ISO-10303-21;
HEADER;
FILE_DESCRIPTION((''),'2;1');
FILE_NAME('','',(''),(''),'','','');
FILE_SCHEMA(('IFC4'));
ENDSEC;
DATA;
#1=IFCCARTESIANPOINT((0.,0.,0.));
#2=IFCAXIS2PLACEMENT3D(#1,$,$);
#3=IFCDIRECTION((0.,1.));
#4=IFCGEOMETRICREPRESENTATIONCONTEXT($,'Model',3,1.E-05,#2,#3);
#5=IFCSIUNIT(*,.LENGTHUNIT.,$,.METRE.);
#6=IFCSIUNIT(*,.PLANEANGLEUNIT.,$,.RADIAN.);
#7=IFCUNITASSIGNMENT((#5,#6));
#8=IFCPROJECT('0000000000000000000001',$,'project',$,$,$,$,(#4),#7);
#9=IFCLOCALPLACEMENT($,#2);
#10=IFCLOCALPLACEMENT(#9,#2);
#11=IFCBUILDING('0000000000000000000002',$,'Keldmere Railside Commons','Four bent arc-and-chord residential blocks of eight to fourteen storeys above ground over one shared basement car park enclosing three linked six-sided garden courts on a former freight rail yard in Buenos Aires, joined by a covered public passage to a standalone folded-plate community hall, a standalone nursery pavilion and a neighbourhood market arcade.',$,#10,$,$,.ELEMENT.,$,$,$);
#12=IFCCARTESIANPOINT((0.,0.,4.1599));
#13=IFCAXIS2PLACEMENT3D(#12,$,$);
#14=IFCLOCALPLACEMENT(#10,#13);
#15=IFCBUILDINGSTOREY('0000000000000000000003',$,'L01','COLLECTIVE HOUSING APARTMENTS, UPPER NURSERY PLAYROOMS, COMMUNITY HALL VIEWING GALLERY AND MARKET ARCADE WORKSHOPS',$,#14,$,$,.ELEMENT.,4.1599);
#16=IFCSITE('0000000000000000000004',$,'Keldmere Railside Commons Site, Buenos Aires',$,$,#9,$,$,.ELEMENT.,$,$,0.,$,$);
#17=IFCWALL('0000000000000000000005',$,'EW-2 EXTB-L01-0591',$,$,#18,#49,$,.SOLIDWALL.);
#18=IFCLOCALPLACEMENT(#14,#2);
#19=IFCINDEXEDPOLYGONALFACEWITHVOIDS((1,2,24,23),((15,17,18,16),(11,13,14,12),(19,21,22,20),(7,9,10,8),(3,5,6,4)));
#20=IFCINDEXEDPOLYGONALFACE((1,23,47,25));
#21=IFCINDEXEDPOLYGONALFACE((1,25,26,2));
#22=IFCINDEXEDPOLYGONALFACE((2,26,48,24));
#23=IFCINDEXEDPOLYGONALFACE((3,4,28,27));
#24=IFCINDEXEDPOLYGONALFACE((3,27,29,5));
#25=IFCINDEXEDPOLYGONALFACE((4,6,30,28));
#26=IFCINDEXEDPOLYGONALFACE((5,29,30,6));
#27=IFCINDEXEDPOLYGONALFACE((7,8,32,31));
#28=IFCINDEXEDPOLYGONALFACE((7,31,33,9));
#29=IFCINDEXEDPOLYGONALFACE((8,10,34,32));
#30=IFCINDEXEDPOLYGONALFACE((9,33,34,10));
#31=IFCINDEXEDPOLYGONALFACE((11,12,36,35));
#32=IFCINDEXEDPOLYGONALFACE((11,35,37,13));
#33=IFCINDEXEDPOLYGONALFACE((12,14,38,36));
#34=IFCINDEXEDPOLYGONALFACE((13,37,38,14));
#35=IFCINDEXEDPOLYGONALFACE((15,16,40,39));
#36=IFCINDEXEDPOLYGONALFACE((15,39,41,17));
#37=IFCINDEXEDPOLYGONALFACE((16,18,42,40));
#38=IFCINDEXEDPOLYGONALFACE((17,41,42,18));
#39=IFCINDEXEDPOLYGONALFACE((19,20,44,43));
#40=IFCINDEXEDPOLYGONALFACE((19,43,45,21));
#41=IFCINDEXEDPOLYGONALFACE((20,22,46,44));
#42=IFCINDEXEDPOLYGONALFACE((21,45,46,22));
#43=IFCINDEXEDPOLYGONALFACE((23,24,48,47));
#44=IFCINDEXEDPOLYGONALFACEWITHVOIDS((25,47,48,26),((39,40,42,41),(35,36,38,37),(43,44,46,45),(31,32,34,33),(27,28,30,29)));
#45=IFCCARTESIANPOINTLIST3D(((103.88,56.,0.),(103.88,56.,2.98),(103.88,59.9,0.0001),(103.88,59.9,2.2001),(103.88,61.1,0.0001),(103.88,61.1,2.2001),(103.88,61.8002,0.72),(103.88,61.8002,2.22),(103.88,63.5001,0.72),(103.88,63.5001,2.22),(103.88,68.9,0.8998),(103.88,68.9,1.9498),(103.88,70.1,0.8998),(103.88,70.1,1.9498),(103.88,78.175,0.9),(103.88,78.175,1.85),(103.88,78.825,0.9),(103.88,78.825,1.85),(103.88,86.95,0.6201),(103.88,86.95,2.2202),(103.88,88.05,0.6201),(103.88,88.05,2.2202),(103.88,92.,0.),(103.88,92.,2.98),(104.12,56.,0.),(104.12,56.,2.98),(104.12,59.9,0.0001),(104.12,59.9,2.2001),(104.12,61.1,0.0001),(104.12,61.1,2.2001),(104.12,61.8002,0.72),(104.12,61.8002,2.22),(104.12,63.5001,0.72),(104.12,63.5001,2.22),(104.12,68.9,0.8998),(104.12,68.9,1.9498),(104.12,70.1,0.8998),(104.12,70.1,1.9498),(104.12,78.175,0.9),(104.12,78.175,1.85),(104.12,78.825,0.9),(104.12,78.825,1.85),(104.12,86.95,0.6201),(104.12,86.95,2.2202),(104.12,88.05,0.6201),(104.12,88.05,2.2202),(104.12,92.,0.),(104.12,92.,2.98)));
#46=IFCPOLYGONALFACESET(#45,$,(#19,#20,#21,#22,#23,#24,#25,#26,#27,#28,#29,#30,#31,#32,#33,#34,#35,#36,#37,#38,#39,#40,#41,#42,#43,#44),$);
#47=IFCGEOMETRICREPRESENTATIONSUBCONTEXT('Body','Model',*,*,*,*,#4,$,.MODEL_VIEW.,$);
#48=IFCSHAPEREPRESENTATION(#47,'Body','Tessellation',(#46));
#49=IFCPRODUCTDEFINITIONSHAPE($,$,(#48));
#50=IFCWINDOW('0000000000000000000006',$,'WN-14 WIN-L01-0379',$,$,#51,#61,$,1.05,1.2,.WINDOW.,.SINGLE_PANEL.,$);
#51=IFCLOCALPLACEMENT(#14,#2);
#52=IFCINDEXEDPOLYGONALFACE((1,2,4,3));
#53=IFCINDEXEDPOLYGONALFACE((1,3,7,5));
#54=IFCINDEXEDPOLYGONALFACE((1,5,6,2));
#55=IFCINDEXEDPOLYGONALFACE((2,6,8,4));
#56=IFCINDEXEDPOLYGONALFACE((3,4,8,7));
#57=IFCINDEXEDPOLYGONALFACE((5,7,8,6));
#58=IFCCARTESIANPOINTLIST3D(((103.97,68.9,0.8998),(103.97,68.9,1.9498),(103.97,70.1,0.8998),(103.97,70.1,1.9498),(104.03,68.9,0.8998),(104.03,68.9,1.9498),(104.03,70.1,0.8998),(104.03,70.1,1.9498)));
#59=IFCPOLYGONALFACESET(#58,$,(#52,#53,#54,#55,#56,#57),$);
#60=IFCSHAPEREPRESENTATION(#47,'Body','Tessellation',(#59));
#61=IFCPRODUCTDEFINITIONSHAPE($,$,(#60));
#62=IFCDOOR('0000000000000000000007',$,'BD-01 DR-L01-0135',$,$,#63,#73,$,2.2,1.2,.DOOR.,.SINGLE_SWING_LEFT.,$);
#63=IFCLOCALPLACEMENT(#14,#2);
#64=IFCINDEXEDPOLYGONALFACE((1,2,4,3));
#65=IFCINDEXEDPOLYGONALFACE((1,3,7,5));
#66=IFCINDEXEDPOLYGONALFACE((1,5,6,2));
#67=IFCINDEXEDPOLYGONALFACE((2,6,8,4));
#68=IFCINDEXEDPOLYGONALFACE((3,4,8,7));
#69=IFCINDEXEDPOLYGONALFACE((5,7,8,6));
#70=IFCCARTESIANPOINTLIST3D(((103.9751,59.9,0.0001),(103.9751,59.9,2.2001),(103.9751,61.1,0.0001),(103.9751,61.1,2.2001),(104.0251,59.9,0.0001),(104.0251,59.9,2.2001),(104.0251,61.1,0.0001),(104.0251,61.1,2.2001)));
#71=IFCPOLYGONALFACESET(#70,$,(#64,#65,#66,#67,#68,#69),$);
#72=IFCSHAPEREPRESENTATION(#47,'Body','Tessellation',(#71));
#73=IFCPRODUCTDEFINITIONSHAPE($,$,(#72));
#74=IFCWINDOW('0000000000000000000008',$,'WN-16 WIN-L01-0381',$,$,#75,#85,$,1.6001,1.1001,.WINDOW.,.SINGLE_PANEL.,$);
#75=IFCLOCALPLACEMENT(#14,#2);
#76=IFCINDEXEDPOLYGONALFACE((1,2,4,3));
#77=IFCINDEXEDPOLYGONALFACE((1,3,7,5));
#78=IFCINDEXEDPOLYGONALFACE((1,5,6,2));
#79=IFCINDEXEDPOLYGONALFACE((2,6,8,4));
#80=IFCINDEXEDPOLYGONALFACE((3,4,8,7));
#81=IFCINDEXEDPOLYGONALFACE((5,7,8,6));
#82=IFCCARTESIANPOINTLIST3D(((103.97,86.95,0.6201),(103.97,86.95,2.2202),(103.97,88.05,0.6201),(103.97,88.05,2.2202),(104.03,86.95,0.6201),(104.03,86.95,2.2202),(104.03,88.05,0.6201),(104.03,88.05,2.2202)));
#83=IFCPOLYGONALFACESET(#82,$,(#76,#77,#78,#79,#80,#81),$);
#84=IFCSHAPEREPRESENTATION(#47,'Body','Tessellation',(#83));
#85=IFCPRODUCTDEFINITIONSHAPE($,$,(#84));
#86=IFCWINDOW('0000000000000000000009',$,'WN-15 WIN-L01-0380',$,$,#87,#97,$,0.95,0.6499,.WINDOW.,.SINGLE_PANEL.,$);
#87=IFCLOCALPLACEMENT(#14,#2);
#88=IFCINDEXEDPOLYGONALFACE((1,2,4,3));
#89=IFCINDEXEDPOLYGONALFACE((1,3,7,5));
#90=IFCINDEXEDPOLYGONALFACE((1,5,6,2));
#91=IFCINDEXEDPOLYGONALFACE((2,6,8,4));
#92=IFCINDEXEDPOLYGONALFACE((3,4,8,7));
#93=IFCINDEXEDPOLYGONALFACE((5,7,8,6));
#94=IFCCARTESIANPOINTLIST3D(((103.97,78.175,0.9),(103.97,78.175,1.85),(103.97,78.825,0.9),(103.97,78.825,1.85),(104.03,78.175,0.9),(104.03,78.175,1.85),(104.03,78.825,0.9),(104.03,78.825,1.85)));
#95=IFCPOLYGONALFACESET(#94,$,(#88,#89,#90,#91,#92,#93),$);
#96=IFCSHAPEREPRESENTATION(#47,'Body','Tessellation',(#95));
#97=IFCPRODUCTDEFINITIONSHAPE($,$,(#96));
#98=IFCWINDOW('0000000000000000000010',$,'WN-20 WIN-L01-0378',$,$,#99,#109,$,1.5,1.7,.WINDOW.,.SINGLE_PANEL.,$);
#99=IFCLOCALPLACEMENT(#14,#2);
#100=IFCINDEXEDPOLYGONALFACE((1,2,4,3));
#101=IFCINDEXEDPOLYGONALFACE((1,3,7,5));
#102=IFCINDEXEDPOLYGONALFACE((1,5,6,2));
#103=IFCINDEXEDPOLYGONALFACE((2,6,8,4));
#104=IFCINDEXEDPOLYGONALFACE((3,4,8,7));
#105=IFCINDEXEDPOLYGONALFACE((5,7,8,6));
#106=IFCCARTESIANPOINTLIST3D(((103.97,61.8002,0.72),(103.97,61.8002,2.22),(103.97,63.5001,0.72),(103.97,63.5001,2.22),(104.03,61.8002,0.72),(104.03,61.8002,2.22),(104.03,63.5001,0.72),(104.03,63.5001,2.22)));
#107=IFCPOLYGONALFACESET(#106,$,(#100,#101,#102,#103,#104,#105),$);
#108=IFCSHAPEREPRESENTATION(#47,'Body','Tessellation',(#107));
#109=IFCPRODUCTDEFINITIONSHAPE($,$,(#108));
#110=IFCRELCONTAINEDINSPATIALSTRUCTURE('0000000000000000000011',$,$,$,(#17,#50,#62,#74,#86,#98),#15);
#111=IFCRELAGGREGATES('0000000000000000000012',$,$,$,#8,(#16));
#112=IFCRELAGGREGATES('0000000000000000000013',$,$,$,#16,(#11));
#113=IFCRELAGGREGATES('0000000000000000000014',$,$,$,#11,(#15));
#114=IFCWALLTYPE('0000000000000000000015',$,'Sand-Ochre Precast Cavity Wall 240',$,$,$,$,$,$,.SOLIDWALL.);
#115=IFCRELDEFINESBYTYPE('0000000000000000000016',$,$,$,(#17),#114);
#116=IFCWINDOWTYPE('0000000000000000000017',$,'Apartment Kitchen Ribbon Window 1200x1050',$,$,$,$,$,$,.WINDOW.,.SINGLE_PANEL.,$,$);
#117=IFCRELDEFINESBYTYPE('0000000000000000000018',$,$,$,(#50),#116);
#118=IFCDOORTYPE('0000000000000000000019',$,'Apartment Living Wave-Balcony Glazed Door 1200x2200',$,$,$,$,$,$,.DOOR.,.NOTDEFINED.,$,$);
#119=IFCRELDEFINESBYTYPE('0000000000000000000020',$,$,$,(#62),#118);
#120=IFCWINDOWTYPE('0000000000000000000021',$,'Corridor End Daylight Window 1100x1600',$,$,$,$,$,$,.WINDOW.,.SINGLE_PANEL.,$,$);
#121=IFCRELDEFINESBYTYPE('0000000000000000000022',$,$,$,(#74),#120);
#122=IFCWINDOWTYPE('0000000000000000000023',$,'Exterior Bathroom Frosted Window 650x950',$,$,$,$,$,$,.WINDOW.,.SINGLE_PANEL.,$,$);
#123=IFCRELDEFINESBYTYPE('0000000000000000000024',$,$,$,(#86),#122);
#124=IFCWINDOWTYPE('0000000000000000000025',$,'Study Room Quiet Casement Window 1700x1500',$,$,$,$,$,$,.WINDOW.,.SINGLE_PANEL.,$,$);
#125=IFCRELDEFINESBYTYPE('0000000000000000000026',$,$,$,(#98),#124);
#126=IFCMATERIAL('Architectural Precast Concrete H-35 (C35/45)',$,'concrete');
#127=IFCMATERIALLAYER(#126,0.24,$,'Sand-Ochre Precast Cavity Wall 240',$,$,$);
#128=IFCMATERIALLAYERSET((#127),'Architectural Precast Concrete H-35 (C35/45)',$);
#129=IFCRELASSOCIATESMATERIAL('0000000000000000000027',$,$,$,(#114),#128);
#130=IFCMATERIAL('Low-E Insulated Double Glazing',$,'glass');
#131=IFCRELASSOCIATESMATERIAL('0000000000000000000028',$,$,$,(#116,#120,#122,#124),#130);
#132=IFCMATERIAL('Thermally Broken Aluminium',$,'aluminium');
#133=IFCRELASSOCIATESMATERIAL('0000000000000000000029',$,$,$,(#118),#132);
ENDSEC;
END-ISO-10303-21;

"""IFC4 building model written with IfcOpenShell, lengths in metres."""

from ifc_helpers import new_model, si_unit, direction, frame, frame_2d, origin, place, context, subcontext, project, spatial, rectangle, extrude, material, layer, layer_set, type_object, element, fill, save


model = new_model("IFC4")

# Units and contexts
model_context = context("Model", 3, precision=1e-05, world=origin(), true_north=direction((0.0, 1.0)))
body_context = subcontext(model_context, "Body", "Model", "MODEL_VIEW")
ifc_project = project(units=[si_unit("LENGTHUNIT", "METRE"), si_unit("PLANEANGLEUNIT", "RADIAN")], contexts=[model_context])

# Site, building, storey
site_placement = place(None, origin())
site = spatial("IfcSite", under=ifc_project, at=site_placement, Name="Keldmere Railside Commons Site, Buenos Aires", CompositionType="ELEMENT", RefElevation=0.0)
building_placement = place(site_placement, origin())
building = spatial("IfcBuilding", under=site, at=building_placement, Name="Keldmere Railside Commons", Description="Four bent arc-and-chord residential blocks of eight to fourteen storeys above ground over one shared basement car park enclosing three linked six-sided garden courts on a former freight rail yard in Buenos Aires, joined by a covered public passage to a standalone folded-plate community hall, a standalone nursery pavilion and a neighbourhood market arcade.", CompositionType="ELEMENT")
storey_placement = place(building_placement, frame((0.0, 0.0, 4.1599)))
storey = spatial("IfcBuildingStorey", under=building, at=storey_placement, Name="L01", Description="COLLECTIVE HOUSING APARTMENTS, UPPER NURSERY PLAYROOMS, COMMUNITY HALL VIEWING GALLERY AND MARKET ARCADE WORKSHOPS", CompositionType="ELEMENT", Elevation=4.1599)

# Wall, openings, windows, door
ifc_material_1 = material(Name="Architectural Precast Concrete H-35 (C35/45)", Category="concrete")
ifc_layer = layer(ifc_material_1, 0.24, Name="Sand-Ochre Precast Cavity Wall 240")
ifc_layer_set = layer_set([ifc_layer], Name="Architectural Precast Concrete H-35 (C35/45)")
wall_type = type_object("IfcWallType", Name="Sand-Ochre Precast Cavity Wall 240", PredefinedType="SOLIDWALL", material=ifc_layer_set)
wall_placement = place(storey_placement, frame((104.0, 56.0, 0.0), z_axis=(0.0, 0.0, 1.0), x_axis=(0.0, 1.0, 0.0)))
wall = element("IfcWall", 1, at=wall_placement, inside=storey, type_object=wall_type, Name="EW-2 EXTB-L01-0591", PredefinedType="SOLIDWALL", context=body_context, shape_type="SweptSolid", body=[
    extrude(rectangle(XDim=36.0, YDim=0.24, at=frame_2d((18.0, 0.0))), origin(), (0.0, 0.0, 1.0), 2.98),
])
opening_1_placement = place(wall_placement, frame((3.8999, 0.0, 0.0)))
opening_1 = element("IfcOpeningElement", 2, at=opening_1_placement, cuts=wall, PredefinedType="OPENING", context=body_context, shape_type="SweptSolid", body=[
    extrude(rectangle(XDim=1.2, YDim=2.2, at=frame_2d((0.6001, 1.1001))), frame((0.0, 0.1299, 0.0), z_axis=(0.0, -1.0, 0.0), x_axis=(1.0, 0.0, 0.0)), (0.0, 0.0, 1.0), 0.26),
])
opening_2_placement = place(wall_placement, frame((5.8, 0.0, 0.72)))
opening_2 = element("IfcOpeningElement", 3, at=opening_2_placement, cuts=wall, PredefinedType="OPENING", context=body_context, shape_type="SweptSolid", body=[
    extrude(rectangle(XDim=1.7, YDim=1.5, at=frame_2d((0.8501, 0.75))), frame((0.0, 0.1299, 0.0), z_axis=(0.0, -1.0, 0.0), x_axis=(1.0, 0.0, 0.0)), (0.0, 0.0, 1.0), 0.26),
])
opening_3_placement = place(wall_placement, frame((12.8999, 0.0, 0.8999)))
opening_3 = element("IfcOpeningElement", 4, at=opening_3_placement, cuts=wall, PredefinedType="OPENING", context=body_context, shape_type="SweptSolid", body=[
    extrude(rectangle(XDim=1.2, YDim=1.05, at=frame_2d((0.6001, 0.5249))), frame((0.0, 0.1299, 0.0), z_axis=(0.0, -1.0, 0.0), x_axis=(1.0, 0.0, 0.0)), (0.0, 0.0, 1.0), 0.26),
])
opening_4_placement = place(wall_placement, frame((22.175, 0.0, 0.8999)))
opening_4 = element("IfcOpeningElement", 5, at=opening_4_placement, cuts=wall, PredefinedType="OPENING", context=body_context, shape_type="SweptSolid", body=[
    extrude(rectangle(XDim=0.6499, YDim=0.95, at=frame_2d((0.325, 0.4751))), frame((0.0, 0.1299, 0.0), z_axis=(0.0, -1.0, 0.0), x_axis=(1.0, 0.0, 0.0)), (0.0, 0.0, 1.0), 0.26),
])
opening_5_placement = place(wall_placement, frame((30.95, 0.0, 0.6201)))
opening_5 = element("IfcOpeningElement", 6, at=opening_5_placement, cuts=wall, PredefinedType="OPENING", context=body_context, shape_type="SweptSolid", body=[
    extrude(rectangle(XDim=1.1001, YDim=1.6001, at=frame_2d((0.55, 0.8))), frame((0.0, 0.1299, 0.0), z_axis=(0.0, -1.0, 0.0), x_axis=(1.0, 0.0, 0.0)), (0.0, 0.0, 1.0), 0.26),
])
ifc_material_2 = material(Name="Low-E Insulated Double Glazing", Category="glass")
window_type_1 = type_object("IfcWindowType", Name="Apartment Kitchen Ribbon Window 1200x1050", PartitioningType="SINGLE_PANEL", PredefinedType="WINDOW", material=ifc_material_2)
window_1_placement = place(opening_3_placement, origin())
window_1 = element("IfcWindow", 7, at=window_1_placement, inside=storey, type_object=window_type_1, Name="WN-14 WIN-L01-0379", OverallHeight=1.05, OverallWidth=1.2, PartitioningType="SINGLE_PANEL", PredefinedType="WINDOW", context=body_context, shape_type="SweptSolid", body=[
    extrude(rectangle(XDim=1.2, YDim=1.05, at=frame_2d((0.6001, 0.5249))), frame((0.0, 0.03, 0.0), z_axis=(0.0, -1.0, 0.0), x_axis=(1.0, 0.0, 0.0)), (0.0, 0.0, 1.0), 0.0601),
])
fill(opening_3, window_1)
ifc_material_3 = material(Name="Thermally Broken Aluminium", Category="aluminium")
door_type = type_object("IfcDoorType", Name="Apartment Living Wave-Balcony Glazed Door 1200x2200", OperationType="NOTDEFINED", PredefinedType="DOOR", material=ifc_material_3)
door_placement = place(opening_1_placement, origin())
door = element("IfcDoor", 8, at=door_placement, inside=storey, type_object=door_type, Name="BD-01 DR-L01-0135", OperationType="SINGLE_SWING_LEFT", OverallHeight=2.2, OverallWidth=1.2, PredefinedType="DOOR", context=body_context, shape_type="SweptSolid", body=[
    extrude(rectangle(XDim=1.2, YDim=2.2, at=frame_2d((0.6001, 1.1001))), frame((0.0, 0.0249, 0.0), z_axis=(0.0, -1.0, 0.0), x_axis=(1.0, 0.0, 0.0)), (0.0, 0.0, 1.0), 0.05),
])
fill(opening_1, door)
window_type_2 = type_object("IfcWindowType", Name="Corridor End Daylight Window 1100x1600", PartitioningType="SINGLE_PANEL", PredefinedType="WINDOW", material=ifc_material_2)
window_2_placement = place(opening_5_placement, origin())
window_2 = element("IfcWindow", 9, at=window_2_placement, inside=storey, type_object=window_type_2, Name="WN-16 WIN-L01-0381", OverallHeight=1.6001, OverallWidth=1.1001, PartitioningType="SINGLE_PANEL", PredefinedType="WINDOW", context=body_context, shape_type="SweptSolid", body=[
    extrude(rectangle(XDim=1.1001, YDim=1.6001, at=frame_2d((0.55, 0.8))), frame((0.0, 0.03, 0.0), z_axis=(0.0, -1.0, 0.0), x_axis=(1.0, 0.0, 0.0)), (0.0, 0.0, 1.0), 0.0601),
])
fill(opening_5, window_2)
window_type_3 = type_object("IfcWindowType", Name="Exterior Bathroom Frosted Window 650x950", PartitioningType="SINGLE_PANEL", PredefinedType="WINDOW", material=ifc_material_2)
window_3_placement = place(opening_4_placement, origin())
window_3 = element("IfcWindow", 10, at=window_3_placement, inside=storey, type_object=window_type_3, Name="WN-15 WIN-L01-0380", OverallHeight=0.95, OverallWidth=0.6499, PartitioningType="SINGLE_PANEL", PredefinedType="WINDOW", context=body_context, shape_type="SweptSolid", body=[
    extrude(rectangle(XDim=0.6499, YDim=0.95, at=frame_2d((0.325, 0.4751))), frame((0.0, 0.03, 0.0), z_axis=(0.0, -1.0, 0.0), x_axis=(1.0, 0.0, 0.0)), (0.0, 0.0, 1.0), 0.0601),
])
fill(opening_4, window_3)
window_type_4 = type_object("IfcWindowType", Name="Study Room Quiet Casement Window 1700x1500", PartitioningType="SINGLE_PANEL", PredefinedType="WINDOW", material=ifc_material_2)
window_4_placement = place(opening_2_placement, origin())
window_4 = element("IfcWindow", 11, at=window_4_placement, inside=storey, type_object=window_type_4, Name="WN-20 WIN-L01-0378", OverallHeight=1.5, OverallWidth=1.7, PartitioningType="SINGLE_PANEL", PredefinedType="WINDOW", context=body_context, shape_type="SweptSolid", body=[
    extrude(rectangle(XDim=1.7, YDim=1.5, at=frame_2d((0.8501, 0.75))), frame((0.0, 0.03, 0.0), z_axis=(0.0, -1.0, 0.0), x_axis=(1.0, 0.0, 0.0)), (0.0, 0.0, 1.0), 0.0601),
])
fill(opening_2, window_4)

save(model, "model.ifc")
